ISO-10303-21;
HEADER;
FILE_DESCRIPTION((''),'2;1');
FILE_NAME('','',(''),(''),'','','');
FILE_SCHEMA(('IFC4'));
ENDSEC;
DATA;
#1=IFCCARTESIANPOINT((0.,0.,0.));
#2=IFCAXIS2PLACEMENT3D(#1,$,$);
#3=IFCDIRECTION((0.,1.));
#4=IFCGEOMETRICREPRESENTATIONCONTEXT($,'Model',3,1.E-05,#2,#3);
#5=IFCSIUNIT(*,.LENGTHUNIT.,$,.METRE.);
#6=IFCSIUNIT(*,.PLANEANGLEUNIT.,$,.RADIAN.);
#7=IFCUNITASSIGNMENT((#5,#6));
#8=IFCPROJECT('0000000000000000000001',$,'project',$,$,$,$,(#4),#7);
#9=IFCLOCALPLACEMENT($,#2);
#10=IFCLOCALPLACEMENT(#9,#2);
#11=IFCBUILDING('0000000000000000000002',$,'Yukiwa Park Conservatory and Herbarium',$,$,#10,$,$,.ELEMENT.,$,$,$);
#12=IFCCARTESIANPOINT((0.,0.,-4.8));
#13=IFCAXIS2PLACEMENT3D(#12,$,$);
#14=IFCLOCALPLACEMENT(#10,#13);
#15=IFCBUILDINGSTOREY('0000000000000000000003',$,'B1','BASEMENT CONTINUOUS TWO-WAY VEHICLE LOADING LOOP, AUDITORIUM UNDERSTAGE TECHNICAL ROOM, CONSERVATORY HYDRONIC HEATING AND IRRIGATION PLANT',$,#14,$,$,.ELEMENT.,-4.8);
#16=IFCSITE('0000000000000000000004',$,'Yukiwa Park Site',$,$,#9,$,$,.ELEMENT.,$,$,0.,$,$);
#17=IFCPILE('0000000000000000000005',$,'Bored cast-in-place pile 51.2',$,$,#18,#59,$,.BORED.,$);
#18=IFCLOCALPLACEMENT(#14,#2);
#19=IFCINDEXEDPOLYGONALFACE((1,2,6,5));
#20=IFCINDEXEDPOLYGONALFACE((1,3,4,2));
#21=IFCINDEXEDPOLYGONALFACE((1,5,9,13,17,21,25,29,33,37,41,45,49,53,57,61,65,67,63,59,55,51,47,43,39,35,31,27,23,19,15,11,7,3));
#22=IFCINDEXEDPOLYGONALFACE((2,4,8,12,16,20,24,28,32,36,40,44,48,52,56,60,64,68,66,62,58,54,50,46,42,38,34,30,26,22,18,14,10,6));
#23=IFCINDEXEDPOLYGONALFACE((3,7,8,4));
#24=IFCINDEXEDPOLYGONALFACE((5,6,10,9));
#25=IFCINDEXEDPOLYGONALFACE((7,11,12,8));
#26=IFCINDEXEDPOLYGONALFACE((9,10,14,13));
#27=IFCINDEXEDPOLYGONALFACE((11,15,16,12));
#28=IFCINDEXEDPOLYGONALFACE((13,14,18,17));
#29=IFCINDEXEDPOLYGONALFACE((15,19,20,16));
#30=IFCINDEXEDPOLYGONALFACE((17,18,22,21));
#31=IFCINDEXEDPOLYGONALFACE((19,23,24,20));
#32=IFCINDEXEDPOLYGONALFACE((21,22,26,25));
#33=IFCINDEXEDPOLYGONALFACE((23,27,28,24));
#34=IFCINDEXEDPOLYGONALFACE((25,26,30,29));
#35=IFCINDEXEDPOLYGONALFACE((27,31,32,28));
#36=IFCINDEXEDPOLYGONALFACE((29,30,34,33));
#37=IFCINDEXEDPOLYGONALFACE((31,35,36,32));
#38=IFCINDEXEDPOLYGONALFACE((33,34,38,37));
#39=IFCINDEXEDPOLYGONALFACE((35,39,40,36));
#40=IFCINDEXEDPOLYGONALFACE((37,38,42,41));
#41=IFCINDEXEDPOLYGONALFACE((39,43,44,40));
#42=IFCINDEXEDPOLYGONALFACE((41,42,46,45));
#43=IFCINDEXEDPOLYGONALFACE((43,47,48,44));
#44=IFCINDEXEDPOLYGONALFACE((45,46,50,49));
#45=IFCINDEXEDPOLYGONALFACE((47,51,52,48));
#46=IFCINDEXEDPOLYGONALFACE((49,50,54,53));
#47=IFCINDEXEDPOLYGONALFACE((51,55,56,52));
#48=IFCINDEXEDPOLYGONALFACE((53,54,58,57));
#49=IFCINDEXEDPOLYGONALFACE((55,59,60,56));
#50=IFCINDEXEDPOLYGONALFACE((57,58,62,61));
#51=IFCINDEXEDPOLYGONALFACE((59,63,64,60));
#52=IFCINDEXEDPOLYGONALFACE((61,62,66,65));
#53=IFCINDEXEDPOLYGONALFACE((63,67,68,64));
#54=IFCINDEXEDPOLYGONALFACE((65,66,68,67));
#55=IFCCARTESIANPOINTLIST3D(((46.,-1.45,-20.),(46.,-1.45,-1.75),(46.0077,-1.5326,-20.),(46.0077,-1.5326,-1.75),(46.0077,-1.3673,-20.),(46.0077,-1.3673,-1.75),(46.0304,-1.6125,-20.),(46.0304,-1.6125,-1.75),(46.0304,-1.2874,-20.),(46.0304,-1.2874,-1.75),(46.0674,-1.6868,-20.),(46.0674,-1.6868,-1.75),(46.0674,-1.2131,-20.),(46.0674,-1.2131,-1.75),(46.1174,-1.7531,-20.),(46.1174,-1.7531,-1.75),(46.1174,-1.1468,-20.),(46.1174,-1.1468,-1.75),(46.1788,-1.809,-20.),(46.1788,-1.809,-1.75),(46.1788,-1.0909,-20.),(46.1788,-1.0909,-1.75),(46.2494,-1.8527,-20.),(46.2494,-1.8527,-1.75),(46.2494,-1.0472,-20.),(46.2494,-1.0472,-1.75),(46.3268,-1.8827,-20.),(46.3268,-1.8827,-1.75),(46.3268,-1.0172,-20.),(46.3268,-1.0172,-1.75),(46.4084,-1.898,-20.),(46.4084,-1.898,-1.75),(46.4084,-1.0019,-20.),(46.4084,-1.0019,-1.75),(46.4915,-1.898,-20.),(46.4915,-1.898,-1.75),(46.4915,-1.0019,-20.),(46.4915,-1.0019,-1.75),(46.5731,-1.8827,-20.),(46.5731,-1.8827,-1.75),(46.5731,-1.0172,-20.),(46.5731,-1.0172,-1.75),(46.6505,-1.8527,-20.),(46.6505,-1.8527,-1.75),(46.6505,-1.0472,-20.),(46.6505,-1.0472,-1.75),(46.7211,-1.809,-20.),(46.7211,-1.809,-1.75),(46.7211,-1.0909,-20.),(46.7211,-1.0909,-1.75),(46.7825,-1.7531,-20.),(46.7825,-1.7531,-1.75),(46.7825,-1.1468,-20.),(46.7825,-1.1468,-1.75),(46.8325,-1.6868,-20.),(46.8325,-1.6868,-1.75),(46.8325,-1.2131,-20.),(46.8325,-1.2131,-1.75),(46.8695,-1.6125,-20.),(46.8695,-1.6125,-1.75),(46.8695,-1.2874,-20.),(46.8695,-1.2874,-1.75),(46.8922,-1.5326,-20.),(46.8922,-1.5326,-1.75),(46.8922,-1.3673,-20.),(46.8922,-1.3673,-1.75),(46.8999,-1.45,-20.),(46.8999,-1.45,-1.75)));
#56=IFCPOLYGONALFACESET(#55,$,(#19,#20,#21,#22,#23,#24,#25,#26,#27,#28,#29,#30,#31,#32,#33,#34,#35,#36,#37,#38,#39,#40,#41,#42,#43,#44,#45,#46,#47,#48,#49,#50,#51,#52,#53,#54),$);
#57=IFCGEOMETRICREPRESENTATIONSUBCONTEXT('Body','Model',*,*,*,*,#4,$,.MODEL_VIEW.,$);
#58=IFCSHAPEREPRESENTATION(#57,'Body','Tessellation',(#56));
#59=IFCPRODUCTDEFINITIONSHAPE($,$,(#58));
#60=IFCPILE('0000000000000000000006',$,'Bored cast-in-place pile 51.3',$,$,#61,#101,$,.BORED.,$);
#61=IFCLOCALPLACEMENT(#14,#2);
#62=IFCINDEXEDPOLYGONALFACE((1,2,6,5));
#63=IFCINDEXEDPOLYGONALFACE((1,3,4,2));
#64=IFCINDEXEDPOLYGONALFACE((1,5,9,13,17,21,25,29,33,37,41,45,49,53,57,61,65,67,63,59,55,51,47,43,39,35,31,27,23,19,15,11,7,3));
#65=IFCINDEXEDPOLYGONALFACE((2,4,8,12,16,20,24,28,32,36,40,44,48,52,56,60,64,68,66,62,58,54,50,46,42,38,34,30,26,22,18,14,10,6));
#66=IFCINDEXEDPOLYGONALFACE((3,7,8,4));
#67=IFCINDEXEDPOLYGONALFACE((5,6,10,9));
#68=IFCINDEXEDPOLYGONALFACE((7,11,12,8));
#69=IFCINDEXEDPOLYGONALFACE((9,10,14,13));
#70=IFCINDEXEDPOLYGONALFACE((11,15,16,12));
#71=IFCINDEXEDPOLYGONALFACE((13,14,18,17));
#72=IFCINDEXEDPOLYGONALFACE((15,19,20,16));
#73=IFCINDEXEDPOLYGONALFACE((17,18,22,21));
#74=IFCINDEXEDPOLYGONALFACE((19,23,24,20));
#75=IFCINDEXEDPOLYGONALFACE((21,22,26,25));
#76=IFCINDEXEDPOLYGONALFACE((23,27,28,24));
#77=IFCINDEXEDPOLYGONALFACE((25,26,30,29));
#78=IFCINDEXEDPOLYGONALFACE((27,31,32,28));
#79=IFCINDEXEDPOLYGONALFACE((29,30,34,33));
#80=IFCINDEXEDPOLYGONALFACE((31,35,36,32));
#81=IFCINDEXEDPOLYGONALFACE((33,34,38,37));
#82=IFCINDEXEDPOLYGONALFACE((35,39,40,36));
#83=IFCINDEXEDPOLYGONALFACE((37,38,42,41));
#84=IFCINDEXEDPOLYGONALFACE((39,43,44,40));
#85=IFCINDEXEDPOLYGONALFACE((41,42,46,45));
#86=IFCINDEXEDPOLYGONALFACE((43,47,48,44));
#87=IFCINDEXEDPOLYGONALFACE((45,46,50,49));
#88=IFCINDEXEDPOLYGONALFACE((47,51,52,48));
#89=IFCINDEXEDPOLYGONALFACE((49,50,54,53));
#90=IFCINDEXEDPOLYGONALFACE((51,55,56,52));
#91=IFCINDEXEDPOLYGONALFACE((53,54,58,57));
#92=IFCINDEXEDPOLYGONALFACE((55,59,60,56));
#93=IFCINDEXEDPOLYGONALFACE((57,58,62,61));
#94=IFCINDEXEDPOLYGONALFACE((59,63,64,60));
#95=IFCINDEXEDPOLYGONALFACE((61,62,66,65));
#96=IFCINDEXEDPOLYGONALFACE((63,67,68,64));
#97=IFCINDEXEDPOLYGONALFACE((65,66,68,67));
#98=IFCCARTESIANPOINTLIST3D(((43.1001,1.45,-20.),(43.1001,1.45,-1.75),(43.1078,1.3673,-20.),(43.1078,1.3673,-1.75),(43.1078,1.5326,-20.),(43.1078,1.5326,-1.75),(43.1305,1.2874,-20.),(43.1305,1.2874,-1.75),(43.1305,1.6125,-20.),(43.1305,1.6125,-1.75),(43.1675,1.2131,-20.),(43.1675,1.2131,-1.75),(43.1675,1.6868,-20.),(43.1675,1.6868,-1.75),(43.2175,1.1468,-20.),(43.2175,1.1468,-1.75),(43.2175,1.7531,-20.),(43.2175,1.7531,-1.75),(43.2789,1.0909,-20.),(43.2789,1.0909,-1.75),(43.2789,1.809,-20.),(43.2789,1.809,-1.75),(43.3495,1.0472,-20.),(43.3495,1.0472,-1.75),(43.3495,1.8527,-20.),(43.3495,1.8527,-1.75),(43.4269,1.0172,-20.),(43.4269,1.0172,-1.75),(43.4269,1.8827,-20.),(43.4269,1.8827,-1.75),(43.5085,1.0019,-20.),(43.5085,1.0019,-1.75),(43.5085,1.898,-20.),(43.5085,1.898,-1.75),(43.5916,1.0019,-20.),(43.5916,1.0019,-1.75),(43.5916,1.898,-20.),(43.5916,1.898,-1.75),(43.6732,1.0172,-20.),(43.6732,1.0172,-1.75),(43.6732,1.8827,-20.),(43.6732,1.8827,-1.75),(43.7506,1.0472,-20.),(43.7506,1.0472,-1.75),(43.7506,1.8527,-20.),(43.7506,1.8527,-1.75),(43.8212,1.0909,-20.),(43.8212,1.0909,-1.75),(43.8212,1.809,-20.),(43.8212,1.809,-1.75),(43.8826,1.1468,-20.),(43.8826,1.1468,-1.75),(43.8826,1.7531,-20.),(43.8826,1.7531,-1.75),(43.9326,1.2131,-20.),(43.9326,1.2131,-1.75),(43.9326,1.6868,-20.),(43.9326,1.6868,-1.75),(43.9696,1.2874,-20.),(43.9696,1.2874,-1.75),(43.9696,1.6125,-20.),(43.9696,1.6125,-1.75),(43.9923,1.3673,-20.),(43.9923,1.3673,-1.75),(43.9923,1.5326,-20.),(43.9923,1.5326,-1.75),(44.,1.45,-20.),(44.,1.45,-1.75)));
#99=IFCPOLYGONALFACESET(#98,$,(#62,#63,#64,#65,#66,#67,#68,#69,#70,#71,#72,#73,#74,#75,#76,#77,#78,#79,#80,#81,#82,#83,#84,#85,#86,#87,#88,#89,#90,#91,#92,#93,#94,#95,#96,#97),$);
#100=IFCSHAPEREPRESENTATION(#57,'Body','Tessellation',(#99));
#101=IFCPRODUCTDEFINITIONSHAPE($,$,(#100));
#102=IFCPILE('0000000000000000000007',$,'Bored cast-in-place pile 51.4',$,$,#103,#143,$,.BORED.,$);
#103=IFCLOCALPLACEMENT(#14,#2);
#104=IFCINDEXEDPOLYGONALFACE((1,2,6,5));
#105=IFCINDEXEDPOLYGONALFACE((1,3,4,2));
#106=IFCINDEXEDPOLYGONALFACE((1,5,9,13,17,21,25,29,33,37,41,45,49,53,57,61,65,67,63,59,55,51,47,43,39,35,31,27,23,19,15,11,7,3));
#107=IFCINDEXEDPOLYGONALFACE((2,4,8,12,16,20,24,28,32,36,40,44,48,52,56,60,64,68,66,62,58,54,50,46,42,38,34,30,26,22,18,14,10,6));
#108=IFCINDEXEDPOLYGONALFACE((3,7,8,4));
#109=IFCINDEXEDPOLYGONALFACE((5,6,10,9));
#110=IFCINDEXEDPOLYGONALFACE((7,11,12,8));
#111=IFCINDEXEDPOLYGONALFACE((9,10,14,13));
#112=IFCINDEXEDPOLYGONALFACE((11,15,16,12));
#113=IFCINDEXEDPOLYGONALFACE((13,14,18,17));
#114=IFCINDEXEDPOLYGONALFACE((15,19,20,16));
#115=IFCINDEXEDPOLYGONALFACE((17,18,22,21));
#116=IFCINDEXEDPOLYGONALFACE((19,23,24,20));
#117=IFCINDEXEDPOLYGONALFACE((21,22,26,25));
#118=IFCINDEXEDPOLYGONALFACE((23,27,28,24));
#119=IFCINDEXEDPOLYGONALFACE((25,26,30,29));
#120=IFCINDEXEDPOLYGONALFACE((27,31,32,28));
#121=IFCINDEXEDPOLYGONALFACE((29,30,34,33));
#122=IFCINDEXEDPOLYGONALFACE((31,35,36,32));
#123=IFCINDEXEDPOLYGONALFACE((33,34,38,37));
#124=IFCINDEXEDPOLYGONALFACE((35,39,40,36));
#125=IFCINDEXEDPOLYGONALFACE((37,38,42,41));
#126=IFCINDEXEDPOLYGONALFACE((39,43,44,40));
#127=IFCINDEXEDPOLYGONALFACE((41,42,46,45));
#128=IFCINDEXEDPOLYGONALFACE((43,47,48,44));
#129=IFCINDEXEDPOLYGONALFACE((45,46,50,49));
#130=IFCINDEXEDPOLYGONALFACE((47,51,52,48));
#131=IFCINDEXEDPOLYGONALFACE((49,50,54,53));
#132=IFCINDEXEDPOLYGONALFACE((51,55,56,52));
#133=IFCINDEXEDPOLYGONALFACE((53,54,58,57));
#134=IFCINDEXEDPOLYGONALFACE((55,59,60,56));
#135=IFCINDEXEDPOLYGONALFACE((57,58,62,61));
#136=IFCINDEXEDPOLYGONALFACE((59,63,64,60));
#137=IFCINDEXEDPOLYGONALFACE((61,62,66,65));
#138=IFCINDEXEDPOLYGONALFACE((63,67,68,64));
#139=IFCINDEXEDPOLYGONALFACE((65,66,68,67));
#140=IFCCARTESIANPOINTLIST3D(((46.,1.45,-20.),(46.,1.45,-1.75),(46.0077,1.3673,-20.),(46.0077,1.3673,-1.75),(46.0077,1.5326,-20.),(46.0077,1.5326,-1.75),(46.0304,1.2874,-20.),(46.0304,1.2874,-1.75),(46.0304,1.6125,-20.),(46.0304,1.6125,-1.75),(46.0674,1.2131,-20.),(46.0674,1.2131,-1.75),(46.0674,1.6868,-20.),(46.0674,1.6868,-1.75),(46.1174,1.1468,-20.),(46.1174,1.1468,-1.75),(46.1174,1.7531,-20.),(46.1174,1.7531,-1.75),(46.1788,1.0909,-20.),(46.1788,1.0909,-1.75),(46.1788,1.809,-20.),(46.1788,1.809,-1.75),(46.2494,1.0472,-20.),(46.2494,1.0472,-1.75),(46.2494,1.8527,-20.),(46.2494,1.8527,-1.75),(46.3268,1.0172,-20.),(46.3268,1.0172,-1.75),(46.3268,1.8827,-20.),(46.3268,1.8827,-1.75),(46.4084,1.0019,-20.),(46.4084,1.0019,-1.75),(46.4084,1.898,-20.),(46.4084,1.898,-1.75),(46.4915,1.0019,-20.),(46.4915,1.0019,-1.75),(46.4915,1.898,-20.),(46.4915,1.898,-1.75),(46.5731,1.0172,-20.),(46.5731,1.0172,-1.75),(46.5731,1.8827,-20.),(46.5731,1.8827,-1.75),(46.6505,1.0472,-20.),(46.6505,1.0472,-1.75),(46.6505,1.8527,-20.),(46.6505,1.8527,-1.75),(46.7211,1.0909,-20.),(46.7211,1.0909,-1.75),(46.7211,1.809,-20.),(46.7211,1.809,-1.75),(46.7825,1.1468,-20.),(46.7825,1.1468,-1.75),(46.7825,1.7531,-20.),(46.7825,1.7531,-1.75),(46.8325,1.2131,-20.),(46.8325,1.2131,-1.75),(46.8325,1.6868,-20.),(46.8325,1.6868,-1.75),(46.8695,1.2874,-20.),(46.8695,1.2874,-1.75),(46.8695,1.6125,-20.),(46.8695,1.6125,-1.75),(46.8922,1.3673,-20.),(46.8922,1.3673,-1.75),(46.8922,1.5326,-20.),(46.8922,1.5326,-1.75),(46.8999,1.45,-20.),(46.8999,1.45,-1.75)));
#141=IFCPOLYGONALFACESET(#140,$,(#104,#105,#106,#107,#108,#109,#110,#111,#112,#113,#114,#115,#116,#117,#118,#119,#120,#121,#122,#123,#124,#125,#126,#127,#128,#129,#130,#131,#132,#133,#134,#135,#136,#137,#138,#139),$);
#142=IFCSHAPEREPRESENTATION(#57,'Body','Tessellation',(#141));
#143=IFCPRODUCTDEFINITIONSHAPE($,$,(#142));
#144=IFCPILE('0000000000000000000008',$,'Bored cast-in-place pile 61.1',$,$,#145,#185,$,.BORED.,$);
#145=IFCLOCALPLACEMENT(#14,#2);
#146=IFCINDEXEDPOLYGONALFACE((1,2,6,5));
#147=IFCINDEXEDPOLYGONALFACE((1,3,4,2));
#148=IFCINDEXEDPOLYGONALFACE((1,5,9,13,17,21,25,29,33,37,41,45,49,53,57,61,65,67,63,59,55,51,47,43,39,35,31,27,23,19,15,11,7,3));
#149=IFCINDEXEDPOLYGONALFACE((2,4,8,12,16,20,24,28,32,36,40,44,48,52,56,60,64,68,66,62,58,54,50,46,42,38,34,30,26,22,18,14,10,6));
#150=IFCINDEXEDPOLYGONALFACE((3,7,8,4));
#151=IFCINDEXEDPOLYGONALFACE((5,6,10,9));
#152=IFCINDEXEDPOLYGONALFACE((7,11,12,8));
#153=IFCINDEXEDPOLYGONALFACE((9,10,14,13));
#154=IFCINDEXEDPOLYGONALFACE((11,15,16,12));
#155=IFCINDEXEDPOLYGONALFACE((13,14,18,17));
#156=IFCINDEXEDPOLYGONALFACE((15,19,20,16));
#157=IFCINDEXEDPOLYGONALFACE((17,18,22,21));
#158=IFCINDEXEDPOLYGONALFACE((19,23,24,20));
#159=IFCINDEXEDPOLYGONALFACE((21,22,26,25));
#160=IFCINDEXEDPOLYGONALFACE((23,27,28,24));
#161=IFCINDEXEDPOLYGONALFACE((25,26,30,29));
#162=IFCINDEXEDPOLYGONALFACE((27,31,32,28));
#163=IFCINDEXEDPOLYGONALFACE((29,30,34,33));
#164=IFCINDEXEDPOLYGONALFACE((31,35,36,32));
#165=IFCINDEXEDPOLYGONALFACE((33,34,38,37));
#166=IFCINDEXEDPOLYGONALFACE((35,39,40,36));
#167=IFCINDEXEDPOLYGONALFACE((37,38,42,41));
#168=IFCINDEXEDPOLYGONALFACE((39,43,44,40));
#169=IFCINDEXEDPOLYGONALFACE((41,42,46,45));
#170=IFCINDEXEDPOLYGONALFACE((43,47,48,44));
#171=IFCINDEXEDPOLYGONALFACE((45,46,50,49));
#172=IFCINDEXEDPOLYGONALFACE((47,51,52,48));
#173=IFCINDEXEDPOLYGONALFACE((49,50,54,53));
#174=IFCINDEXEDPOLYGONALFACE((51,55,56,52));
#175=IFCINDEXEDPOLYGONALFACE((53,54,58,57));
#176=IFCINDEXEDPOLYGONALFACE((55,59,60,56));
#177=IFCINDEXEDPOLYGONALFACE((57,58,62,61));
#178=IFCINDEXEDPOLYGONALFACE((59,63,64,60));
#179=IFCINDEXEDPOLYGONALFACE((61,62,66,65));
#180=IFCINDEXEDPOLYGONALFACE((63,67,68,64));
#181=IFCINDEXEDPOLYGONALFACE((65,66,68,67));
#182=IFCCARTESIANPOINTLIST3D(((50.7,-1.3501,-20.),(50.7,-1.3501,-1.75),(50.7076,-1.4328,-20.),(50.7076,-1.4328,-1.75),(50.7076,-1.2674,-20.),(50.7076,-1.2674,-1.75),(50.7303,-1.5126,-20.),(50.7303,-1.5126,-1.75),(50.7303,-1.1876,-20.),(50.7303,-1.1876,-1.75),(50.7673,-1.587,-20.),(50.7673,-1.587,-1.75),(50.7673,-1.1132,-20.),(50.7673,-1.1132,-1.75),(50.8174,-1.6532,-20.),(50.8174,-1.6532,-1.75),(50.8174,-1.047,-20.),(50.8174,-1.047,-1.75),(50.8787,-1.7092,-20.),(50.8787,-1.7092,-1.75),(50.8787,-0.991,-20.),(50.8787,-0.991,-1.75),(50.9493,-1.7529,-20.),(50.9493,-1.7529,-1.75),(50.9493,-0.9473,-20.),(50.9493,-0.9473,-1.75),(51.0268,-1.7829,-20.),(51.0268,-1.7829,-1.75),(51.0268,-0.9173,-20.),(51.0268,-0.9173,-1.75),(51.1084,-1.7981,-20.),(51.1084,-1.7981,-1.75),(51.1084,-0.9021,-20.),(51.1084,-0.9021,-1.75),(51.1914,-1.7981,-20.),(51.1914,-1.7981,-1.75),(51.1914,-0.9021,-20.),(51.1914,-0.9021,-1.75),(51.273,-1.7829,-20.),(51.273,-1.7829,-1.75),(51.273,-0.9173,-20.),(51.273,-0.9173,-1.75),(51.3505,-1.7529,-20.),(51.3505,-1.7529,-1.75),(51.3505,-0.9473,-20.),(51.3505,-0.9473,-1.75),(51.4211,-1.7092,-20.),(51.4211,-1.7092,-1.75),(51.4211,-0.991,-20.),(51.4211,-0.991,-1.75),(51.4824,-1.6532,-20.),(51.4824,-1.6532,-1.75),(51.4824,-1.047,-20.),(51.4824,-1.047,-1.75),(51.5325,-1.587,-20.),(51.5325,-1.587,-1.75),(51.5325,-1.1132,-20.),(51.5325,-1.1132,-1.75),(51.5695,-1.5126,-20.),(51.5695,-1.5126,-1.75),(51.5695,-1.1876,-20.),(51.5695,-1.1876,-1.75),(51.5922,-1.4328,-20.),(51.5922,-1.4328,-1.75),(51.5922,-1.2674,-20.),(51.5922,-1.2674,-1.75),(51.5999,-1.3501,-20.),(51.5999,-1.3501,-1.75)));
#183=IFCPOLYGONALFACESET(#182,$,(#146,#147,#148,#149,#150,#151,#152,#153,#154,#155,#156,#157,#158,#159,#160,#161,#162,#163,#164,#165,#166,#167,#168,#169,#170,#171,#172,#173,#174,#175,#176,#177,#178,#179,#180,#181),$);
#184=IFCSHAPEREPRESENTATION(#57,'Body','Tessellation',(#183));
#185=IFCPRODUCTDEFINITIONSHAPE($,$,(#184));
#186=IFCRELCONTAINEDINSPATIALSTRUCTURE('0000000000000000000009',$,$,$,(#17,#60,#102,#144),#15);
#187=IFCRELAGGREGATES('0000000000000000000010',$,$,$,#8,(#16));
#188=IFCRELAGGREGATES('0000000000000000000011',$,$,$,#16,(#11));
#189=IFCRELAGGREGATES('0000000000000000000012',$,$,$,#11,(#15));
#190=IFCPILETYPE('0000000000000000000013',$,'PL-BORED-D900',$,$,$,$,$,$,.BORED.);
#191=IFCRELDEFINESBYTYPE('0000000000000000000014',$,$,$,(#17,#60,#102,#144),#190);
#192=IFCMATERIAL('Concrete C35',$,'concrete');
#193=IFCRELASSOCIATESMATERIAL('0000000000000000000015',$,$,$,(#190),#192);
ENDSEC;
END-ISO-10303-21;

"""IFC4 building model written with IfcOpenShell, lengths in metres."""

from ifc_helpers import new_model, si_unit, direction, frame, origin, origin_2d, place, context, subcontext, project, spatial, circle, extrude, material, material_profile, profile_set, type_object, element, save


model = new_model("IFC4")

# Units and contexts
model_context = context("Model", 3, precision=1e-05, world=origin(), true_north=direction((0.0, 1.0)))
body_context = subcontext(model_context, "Body", "Model", "MODEL_VIEW")
ifc_project = project(units=[si_unit("LENGTHUNIT", "METRE"), si_unit("PLANEANGLEUNIT", "RADIAN")], contexts=[model_context])

# Site, building, storey
site_placement = place(None, origin())
site = spatial("IfcSite", under=ifc_project, at=site_placement, Name="Yukiwa Park Site", CompositionType="ELEMENT", RefElevation=0.0)
building_placement = place(site_placement, origin())
building = spatial("IfcBuilding", under=site, at=building_placement, Name="Yukiwa Park Conservatory and Herbarium", CompositionType="ELEMENT")
storey_placement = place(building_placement, frame((0.0, 0.0, -4.8)))
storey = spatial("IfcBuildingStorey", under=building, at=storey_placement, Name="B1", Description="BASEMENT CONTINUOUS TWO-WAY VEHICLE LOADING LOOP, AUDITORIUM UNDERSTAGE TECHNICAL ROOM, CONSERVATORY HYDRONIC HEATING AND IRRIGATION PLANT", CompositionType="ELEMENT", Elevation=-4.8)

# Piles
ifc_material_1 = material(Name="Concrete C35", Category="concrete")
ifc_material_profile_1 = material_profile(ifc_material_1, circle(Radius=0.45, at=origin_2d()), Name="PILE D900")
ifc_profile_set_1 = profile_set([ifc_material_profile_1], Name="Concrete C35")
pile_type = type_object("IfcPileType", Name="PL-BORED-D900", PredefinedType="BORED", material=ifc_profile_set_1)
for number, where, z_axis, x_axis, name in (
    (1, (46.45, -1.45, -1.75), (0.0, 0.0, -1.0), (1.0, 0.0, 0.0), "Bored cast-in-place pile 51.2"),
    (2, (43.55, 1.45, -1.75), (0.0, 0.0, -1.0), (1.0, 0.0, 0.0), "Bored cast-in-place pile 51.3"),
    (3, (46.45, 1.45, -1.75), (0.0, 0.0, -1.0), (1.0, 0.0, 0.0), "Bored cast-in-place pile 51.4"),
    (4, (51.1499, -1.3501, -1.75), (0.0, 0.0, -1.0), (1.0, 0.0, 0.0), "Bored cast-in-place pile 61.1"),
):
    element("IfcPile", number, at=place(storey_placement, frame(where, z_axis=z_axis, x_axis=x_axis)), inside=storey, type_object=pile_type, Name=name, PredefinedType="BORED", context=body_context, shape_type="SweptSolid", body=[
        extrude(circle(Radius=0.45, at=origin_2d()), origin(), (0.0, 0.0, 1.0), 18.25),
    ])

save(model, "model.ifc")
